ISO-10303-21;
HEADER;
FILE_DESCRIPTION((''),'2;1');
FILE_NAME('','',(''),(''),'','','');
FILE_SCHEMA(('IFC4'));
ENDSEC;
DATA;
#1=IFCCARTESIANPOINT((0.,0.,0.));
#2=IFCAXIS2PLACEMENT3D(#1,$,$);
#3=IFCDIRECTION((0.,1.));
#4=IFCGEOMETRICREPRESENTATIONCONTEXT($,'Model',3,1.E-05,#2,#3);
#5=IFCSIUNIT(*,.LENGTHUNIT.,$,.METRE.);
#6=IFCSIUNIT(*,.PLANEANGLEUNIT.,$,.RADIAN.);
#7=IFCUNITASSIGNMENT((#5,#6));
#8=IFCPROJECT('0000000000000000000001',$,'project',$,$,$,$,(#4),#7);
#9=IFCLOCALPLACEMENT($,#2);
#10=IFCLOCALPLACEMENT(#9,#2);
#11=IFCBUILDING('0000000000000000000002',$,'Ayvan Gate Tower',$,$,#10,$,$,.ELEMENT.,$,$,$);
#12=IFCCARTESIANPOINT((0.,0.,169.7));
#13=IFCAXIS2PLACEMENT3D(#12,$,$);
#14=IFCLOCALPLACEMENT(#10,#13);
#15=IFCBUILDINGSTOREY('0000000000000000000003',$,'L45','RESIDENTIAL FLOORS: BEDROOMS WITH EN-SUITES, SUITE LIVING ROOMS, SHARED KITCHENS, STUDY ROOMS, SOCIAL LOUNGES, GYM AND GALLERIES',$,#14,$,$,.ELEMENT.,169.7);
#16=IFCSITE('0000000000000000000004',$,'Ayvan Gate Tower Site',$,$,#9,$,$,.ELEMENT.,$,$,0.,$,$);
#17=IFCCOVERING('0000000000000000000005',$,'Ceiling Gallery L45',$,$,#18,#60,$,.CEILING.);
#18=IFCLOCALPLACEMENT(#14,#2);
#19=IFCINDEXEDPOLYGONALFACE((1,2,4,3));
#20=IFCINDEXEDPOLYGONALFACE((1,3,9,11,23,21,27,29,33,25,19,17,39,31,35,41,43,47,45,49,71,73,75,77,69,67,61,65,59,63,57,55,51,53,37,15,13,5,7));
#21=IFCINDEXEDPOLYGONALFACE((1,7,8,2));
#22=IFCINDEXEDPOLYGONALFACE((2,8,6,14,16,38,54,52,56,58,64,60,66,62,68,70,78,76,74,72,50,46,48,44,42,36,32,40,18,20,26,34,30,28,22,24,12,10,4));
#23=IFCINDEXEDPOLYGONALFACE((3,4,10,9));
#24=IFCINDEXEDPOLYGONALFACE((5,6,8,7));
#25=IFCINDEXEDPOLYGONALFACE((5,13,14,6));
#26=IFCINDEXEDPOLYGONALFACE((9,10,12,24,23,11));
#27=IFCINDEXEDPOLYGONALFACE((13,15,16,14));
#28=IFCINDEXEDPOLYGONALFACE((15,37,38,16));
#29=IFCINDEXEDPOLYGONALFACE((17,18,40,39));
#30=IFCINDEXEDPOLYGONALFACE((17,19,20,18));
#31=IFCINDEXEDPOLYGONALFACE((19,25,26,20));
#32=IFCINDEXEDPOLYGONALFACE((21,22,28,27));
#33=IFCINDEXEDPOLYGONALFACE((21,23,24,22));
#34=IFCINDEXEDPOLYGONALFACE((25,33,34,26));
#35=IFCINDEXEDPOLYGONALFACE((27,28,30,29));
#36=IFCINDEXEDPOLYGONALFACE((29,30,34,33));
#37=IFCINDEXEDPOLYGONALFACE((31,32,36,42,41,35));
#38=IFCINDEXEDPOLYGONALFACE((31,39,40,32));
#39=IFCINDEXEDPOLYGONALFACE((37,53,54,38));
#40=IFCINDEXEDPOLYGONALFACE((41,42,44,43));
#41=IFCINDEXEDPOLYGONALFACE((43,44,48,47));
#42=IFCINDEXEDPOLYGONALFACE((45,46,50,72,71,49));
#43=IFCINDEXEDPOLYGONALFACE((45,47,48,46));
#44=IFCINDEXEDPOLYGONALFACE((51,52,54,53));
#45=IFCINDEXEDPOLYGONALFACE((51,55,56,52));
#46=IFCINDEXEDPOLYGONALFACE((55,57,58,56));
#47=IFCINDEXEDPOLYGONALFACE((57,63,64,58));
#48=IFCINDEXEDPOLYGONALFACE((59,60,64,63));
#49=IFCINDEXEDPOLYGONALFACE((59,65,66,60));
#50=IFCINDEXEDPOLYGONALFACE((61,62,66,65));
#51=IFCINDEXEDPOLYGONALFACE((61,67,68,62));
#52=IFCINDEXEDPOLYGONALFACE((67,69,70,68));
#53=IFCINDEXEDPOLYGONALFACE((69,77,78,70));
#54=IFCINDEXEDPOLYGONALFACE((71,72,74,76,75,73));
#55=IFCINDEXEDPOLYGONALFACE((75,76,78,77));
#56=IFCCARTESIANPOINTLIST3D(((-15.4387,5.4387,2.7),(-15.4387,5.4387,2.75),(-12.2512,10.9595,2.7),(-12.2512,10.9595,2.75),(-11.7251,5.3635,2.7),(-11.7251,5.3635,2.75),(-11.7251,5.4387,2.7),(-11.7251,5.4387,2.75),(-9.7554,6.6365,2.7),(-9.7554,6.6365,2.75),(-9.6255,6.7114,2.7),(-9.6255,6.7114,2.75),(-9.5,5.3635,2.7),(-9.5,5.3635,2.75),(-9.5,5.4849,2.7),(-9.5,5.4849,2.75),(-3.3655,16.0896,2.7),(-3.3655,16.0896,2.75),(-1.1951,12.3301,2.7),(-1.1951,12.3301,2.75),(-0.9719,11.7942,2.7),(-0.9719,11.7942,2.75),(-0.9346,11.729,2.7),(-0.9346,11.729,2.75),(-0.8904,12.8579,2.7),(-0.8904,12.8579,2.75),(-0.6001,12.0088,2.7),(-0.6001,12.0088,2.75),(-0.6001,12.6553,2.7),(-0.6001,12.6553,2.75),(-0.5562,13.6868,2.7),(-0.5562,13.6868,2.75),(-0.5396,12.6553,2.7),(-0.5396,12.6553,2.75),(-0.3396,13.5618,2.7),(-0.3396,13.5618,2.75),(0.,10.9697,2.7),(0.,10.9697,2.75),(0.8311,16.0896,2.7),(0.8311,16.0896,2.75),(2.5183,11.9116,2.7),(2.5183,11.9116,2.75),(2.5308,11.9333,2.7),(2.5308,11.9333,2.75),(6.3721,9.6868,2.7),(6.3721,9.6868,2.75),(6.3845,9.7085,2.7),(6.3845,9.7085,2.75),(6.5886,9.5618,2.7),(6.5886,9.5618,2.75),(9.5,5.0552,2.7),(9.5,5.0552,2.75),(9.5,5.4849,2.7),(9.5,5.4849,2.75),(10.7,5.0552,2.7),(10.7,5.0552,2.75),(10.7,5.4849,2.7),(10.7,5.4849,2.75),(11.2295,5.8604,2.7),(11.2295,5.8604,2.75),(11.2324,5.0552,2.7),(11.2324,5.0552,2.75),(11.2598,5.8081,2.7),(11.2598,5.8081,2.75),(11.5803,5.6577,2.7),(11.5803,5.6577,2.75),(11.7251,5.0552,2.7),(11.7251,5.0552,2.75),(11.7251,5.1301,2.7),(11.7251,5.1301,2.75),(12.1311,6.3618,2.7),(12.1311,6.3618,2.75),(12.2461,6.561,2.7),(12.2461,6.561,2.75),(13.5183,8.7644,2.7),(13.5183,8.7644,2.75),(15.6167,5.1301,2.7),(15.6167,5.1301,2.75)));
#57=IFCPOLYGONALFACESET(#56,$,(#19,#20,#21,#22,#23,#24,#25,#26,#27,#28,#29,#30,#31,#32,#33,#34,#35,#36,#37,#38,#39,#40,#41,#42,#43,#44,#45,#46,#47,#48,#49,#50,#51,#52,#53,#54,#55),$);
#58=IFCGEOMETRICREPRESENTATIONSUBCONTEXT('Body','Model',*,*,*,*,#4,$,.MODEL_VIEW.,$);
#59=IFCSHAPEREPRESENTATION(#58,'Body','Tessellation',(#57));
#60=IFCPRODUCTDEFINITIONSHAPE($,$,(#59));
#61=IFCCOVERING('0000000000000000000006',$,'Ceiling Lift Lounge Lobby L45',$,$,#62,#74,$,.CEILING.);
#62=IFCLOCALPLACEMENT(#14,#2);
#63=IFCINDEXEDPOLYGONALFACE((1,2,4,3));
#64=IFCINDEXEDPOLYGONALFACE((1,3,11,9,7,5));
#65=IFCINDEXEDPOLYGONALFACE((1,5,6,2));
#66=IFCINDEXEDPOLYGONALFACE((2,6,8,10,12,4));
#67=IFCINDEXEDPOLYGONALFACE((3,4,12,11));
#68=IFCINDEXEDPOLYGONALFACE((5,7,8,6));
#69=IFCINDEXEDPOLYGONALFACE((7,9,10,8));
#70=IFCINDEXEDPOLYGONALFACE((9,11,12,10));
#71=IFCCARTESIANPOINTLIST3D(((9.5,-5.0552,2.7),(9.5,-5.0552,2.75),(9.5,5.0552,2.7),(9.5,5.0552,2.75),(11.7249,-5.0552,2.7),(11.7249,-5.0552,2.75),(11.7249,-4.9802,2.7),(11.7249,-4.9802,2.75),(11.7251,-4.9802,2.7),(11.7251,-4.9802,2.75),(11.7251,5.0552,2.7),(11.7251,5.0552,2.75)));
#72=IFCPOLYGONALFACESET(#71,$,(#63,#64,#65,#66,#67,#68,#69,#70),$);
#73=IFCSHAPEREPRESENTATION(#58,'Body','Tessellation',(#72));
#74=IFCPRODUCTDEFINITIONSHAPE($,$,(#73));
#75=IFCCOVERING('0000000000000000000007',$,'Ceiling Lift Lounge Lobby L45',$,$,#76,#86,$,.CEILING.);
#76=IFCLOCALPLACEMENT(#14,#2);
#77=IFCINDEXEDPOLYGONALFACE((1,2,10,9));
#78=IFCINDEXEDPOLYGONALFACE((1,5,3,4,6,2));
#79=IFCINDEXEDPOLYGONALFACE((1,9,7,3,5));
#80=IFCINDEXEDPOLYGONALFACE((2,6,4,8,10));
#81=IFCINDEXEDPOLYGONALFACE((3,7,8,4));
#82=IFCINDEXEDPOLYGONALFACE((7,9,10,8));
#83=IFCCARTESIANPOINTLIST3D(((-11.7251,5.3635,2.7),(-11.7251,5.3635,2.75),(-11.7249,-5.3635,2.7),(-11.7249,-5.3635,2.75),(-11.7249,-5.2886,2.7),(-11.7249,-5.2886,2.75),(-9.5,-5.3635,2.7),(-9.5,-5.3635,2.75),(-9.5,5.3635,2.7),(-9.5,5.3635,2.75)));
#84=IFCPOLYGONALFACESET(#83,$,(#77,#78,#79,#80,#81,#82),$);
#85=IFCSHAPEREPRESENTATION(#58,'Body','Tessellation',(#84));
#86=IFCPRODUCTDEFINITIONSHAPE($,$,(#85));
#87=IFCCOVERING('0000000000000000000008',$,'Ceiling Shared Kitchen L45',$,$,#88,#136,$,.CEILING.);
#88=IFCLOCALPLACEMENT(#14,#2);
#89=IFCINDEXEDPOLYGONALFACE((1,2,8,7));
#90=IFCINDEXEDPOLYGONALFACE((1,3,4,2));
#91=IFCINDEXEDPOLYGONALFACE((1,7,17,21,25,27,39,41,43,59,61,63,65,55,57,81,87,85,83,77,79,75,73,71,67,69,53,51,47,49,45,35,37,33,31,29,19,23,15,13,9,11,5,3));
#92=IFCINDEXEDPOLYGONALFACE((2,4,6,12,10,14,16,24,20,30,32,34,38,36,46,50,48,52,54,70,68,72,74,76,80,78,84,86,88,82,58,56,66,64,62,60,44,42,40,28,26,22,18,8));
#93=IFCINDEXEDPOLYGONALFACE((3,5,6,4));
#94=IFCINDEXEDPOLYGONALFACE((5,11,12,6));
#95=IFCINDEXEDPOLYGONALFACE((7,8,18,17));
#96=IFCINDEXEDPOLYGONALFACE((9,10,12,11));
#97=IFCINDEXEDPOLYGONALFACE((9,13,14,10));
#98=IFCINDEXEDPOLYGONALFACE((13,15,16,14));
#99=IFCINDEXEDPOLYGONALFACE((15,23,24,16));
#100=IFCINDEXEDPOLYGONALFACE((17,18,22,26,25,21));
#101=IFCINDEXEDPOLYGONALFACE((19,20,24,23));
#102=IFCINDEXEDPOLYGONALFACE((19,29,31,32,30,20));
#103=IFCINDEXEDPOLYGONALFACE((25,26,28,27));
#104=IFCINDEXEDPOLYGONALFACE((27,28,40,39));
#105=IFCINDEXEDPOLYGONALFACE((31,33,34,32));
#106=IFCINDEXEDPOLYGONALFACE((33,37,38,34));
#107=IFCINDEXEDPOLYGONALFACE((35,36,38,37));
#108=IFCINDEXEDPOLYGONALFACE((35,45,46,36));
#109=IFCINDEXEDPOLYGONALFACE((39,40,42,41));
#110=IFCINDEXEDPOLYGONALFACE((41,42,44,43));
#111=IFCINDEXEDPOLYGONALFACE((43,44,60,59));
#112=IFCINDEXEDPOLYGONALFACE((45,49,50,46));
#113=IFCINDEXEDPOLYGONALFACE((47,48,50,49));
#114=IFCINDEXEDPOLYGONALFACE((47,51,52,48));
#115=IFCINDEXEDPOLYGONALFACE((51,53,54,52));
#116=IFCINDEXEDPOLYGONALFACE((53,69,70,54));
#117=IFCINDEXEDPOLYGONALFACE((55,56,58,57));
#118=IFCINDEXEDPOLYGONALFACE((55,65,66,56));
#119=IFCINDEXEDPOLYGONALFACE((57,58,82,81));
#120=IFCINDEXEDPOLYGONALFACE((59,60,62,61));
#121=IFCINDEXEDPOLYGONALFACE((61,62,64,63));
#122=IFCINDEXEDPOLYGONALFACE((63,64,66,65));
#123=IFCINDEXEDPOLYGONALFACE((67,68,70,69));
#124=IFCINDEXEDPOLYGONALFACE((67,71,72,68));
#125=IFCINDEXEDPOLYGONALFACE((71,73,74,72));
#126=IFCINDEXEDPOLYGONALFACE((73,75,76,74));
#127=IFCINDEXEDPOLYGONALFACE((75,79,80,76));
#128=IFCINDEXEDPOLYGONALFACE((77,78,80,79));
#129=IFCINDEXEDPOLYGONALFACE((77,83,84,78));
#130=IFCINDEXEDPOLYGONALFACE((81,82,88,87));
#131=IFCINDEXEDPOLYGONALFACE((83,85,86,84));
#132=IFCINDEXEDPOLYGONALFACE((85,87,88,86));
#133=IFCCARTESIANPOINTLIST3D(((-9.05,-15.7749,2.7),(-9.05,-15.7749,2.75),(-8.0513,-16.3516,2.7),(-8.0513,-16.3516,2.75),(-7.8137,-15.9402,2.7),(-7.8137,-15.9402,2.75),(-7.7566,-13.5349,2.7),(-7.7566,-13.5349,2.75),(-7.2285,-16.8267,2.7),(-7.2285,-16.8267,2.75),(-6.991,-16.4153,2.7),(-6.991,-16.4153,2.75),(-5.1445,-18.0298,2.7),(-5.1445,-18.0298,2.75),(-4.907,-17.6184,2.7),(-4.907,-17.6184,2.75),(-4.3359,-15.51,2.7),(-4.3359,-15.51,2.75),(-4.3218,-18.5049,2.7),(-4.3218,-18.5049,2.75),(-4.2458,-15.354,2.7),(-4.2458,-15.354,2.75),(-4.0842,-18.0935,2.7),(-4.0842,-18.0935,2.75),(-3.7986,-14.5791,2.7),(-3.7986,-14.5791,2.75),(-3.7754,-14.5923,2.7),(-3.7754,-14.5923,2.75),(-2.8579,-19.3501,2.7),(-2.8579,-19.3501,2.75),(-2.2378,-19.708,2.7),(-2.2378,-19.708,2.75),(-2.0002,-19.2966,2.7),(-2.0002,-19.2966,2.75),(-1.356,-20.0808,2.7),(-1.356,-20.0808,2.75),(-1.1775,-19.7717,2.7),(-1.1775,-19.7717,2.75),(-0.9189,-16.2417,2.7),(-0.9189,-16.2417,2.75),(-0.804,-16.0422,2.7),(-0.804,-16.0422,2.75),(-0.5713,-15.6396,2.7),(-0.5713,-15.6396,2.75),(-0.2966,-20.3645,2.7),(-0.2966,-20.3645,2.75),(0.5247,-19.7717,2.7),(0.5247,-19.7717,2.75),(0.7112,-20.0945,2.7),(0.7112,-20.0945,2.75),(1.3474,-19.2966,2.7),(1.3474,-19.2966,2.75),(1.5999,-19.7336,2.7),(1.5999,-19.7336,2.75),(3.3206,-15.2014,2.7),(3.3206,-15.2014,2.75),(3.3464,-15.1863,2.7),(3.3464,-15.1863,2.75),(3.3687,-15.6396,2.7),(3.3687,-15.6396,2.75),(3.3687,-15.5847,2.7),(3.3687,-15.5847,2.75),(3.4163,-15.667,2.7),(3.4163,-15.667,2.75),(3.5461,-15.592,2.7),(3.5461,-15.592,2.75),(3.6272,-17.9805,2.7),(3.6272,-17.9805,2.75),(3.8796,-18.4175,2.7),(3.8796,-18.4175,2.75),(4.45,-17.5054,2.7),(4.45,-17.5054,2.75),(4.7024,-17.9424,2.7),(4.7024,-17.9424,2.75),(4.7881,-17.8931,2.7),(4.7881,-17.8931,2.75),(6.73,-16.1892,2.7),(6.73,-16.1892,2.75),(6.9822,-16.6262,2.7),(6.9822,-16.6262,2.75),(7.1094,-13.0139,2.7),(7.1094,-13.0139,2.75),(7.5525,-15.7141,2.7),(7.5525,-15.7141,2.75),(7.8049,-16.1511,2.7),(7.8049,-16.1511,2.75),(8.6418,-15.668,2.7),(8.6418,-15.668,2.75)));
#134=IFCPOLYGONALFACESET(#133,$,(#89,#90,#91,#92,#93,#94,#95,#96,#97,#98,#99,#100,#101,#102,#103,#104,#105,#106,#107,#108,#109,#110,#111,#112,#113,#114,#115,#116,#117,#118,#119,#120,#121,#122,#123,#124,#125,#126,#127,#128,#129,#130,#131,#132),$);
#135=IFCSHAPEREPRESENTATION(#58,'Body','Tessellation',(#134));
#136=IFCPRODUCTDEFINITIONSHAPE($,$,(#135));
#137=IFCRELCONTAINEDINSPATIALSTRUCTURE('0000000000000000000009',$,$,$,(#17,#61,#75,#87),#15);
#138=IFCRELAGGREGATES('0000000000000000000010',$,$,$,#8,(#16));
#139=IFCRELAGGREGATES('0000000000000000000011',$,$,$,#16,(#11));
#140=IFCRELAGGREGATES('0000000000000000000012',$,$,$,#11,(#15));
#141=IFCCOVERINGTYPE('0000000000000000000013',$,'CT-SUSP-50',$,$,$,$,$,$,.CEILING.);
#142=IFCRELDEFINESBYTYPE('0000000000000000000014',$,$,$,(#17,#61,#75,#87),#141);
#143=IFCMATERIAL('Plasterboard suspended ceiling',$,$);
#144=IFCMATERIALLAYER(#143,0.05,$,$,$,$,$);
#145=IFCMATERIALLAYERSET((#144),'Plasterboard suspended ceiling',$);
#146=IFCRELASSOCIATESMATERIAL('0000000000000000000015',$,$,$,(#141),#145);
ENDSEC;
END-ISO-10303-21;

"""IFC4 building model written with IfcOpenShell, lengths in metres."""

from ifc_helpers import new_model, si_unit, direction, frame, origin, place, context, subcontext, project, spatial, polyline, outline, extrude, material, layer, layer_set, type_object, element, save


model = new_model("IFC4")

# Units and contexts
model_context = context("Model", 3, precision=1e-05, world=origin(), true_north=direction((0.0, 1.0)))
body_context = subcontext(model_context, "Body", "Model", "MODEL_VIEW")
ifc_project = project(units=[si_unit("LENGTHUNIT", "METRE"), si_unit("PLANEANGLEUNIT", "RADIAN")], contexts=[model_context])

# Site, building, storey
site_placement = place(None, origin())
site = spatial("IfcSite", under=ifc_project, at=site_placement, Name="Ayvan Gate Tower Site", CompositionType="ELEMENT", RefElevation=0.0)
building_placement = place(site_placement, origin())
building = spatial("IfcBuilding", under=site, at=building_placement, Name="Ayvan Gate Tower", CompositionType="ELEMENT")
storey_placement = place(building_placement, frame((0.0, 0.0, 169.7)))
storey = spatial("IfcBuildingStorey", under=building, at=storey_placement, Name="L45", Description="RESIDENTIAL FLOORS: BEDROOMS WITH EN-SUITES, SUITE LIVING ROOMS, SHARED KITCHENS, STUDY ROOMS, SOCIAL LOUNGES, GYM AND GALLERIES", CompositionType="ELEMENT", Elevation=169.7)

# Coverings
ifc_material_1 = material(Name="Plasterboard suspended ceiling")
ifc_layer_1 = layer(ifc_material_1, 0.05)
ifc_layer_set_1 = layer_set([ifc_layer_1], Name="Plasterboard suspended ceiling")
covering_type = type_object("IfcCoveringType", Name="CT-SUSP-50", PredefinedType="CEILING", material=ifc_layer_set_1)
covering_1_placement = place(storey_placement, frame((0.0, 0.0, 2.7)))
element("IfcCovering", 1, at=covering_1_placement, inside=storey, type_object=covering_type, Name="Ceiling Gallery L45", PredefinedType="CEILING", context=body_context, shape_type="SweptSolid", body=[
    extrude(outline(polyline([(2.5183, 11.9116), (2.5308, 11.9333), (6.3845, 9.7085), (6.3721, 9.6868), (6.5886, 9.5618), (12.1311, 6.3618), (12.2461, 6.561), (13.5183, 8.7644), (15.6167, 5.1301), (11.7251, 5.1301), (11.7251, 5.0552), (11.2324, 5.0552), (11.5803, 5.6577), (11.2295, 5.8604), (11.2598, 5.8081), (10.7, 5.4849), (10.7, 5.0552), (9.5, 5.0552), (9.5, 5.4849), (0.0, 10.9697), (-9.5, 5.4849), (-9.5, 5.3635), (-11.7251, 5.3635), (-11.7251, 5.4387), (-15.4387, 5.4387), (-12.2512, 10.9595), (-9.7554, 6.6365), (-9.6255, 6.7114), (-0.9346, 11.729), (-0.9719, 11.7942), (-0.6001, 12.0088), (-0.6001, 12.6553), (-0.5396, 12.6553), (-0.8904, 12.8579), (-1.1951, 12.3301), (-3.3655, 16.0896), (0.8311, 16.0896), (-0.5562, 13.6868), (-0.3396, 13.5618), (2.5183, 11.9116)])), origin(), (0.0, 0.0, 1.0), 0.05),
])
covering_2_placement = place(storey_placement, frame((0.0, 0.0, 2.7)))
element("IfcCovering", 2, at=covering_2_placement, inside=storey, type_object=covering_type, Name="Ceiling Lift Lounge Lobby L45", PredefinedType="CEILING", context=body_context, shape_type="SweptSolid", body=[
    extrude(outline(polyline([(11.7249, -5.0552), (9.5, -5.0552), (9.5, 5.0552), (11.7251, 5.0552), (11.7251, -4.9802), (11.7249, -4.9802), (11.7249, -5.0552)])), origin(), (0.0, 0.0, 1.0), 0.05),
])
covering_3_placement = place(storey_placement, frame((0.0, 0.0, 2.7)))
element("IfcCovering", 3, at=covering_3_placement, inside=storey, type_object=covering_type, Name="Ceiling Lift Lounge Lobby L45", PredefinedType="CEILING", context=body_context, shape_type="SweptSolid", body=[
    extrude(outline(polyline([(-11.7249, -5.2886), (-11.7251, 5.3635), (-9.5, 5.3635), (-9.5, -5.3635), (-11.7249, -5.3635), (-11.7249, -5.2886)])), origin(), (0.0, 0.0, 1.0), 0.05),
])
covering_4_placement = place(storey_placement, frame((0.0, 0.0, 2.7)))
element("IfcCovering", 4, at=covering_4_placement, inside=storey, type_object=covering_type, Name="Ceiling Shared Kitchen L45", PredefinedType="CEILING", context=body_context, shape_type="SweptSolid", body=[
    extrude(outline(polyline([(-4.3359, -15.51), (-4.2458, -15.354), (-3.7986, -14.5791), (-3.7754, -14.5923), (-0.9189, -16.2417), (-0.804, -16.0422), (-0.5713, -15.6396), (3.3687, -15.6396), (3.3687, -15.5847), (3.4163, -15.667), (3.5461, -15.592), (3.3206, -15.2014), (3.3464, -15.1863), (7.1094, -13.0139), (8.6418, -15.668), (7.8049, -16.1511), (7.5525, -15.7141), (6.73, -16.1892), (6.9822, -16.6262), (4.7881, -17.8931), (4.7024, -17.9424), (4.45, -17.5054), (3.6272, -17.9805), (3.8796, -18.4175), (1.5999, -19.7336), (1.3474, -19.2966), (0.5247, -19.7717), (0.7112, -20.0945), (-0.2966, -20.3645), (-1.356, -20.0808), (-1.1775, -19.7717), (-2.0002, -19.2966), (-2.2378, -19.708), (-2.8579, -19.3501), (-4.3218, -18.5049), (-4.0842, -18.0935), (-4.907, -17.6184), (-5.1445, -18.0298), (-7.2285, -16.8267), (-6.991, -16.4153), (-7.8137, -15.9402), (-8.0513, -16.3516), (-9.05, -15.7749), (-7.7566, -13.5349), (-4.3359, -15.51)])), origin(), (0.0, 0.0, 1.0), 0.05),
])

save(model, "model.ifc")
